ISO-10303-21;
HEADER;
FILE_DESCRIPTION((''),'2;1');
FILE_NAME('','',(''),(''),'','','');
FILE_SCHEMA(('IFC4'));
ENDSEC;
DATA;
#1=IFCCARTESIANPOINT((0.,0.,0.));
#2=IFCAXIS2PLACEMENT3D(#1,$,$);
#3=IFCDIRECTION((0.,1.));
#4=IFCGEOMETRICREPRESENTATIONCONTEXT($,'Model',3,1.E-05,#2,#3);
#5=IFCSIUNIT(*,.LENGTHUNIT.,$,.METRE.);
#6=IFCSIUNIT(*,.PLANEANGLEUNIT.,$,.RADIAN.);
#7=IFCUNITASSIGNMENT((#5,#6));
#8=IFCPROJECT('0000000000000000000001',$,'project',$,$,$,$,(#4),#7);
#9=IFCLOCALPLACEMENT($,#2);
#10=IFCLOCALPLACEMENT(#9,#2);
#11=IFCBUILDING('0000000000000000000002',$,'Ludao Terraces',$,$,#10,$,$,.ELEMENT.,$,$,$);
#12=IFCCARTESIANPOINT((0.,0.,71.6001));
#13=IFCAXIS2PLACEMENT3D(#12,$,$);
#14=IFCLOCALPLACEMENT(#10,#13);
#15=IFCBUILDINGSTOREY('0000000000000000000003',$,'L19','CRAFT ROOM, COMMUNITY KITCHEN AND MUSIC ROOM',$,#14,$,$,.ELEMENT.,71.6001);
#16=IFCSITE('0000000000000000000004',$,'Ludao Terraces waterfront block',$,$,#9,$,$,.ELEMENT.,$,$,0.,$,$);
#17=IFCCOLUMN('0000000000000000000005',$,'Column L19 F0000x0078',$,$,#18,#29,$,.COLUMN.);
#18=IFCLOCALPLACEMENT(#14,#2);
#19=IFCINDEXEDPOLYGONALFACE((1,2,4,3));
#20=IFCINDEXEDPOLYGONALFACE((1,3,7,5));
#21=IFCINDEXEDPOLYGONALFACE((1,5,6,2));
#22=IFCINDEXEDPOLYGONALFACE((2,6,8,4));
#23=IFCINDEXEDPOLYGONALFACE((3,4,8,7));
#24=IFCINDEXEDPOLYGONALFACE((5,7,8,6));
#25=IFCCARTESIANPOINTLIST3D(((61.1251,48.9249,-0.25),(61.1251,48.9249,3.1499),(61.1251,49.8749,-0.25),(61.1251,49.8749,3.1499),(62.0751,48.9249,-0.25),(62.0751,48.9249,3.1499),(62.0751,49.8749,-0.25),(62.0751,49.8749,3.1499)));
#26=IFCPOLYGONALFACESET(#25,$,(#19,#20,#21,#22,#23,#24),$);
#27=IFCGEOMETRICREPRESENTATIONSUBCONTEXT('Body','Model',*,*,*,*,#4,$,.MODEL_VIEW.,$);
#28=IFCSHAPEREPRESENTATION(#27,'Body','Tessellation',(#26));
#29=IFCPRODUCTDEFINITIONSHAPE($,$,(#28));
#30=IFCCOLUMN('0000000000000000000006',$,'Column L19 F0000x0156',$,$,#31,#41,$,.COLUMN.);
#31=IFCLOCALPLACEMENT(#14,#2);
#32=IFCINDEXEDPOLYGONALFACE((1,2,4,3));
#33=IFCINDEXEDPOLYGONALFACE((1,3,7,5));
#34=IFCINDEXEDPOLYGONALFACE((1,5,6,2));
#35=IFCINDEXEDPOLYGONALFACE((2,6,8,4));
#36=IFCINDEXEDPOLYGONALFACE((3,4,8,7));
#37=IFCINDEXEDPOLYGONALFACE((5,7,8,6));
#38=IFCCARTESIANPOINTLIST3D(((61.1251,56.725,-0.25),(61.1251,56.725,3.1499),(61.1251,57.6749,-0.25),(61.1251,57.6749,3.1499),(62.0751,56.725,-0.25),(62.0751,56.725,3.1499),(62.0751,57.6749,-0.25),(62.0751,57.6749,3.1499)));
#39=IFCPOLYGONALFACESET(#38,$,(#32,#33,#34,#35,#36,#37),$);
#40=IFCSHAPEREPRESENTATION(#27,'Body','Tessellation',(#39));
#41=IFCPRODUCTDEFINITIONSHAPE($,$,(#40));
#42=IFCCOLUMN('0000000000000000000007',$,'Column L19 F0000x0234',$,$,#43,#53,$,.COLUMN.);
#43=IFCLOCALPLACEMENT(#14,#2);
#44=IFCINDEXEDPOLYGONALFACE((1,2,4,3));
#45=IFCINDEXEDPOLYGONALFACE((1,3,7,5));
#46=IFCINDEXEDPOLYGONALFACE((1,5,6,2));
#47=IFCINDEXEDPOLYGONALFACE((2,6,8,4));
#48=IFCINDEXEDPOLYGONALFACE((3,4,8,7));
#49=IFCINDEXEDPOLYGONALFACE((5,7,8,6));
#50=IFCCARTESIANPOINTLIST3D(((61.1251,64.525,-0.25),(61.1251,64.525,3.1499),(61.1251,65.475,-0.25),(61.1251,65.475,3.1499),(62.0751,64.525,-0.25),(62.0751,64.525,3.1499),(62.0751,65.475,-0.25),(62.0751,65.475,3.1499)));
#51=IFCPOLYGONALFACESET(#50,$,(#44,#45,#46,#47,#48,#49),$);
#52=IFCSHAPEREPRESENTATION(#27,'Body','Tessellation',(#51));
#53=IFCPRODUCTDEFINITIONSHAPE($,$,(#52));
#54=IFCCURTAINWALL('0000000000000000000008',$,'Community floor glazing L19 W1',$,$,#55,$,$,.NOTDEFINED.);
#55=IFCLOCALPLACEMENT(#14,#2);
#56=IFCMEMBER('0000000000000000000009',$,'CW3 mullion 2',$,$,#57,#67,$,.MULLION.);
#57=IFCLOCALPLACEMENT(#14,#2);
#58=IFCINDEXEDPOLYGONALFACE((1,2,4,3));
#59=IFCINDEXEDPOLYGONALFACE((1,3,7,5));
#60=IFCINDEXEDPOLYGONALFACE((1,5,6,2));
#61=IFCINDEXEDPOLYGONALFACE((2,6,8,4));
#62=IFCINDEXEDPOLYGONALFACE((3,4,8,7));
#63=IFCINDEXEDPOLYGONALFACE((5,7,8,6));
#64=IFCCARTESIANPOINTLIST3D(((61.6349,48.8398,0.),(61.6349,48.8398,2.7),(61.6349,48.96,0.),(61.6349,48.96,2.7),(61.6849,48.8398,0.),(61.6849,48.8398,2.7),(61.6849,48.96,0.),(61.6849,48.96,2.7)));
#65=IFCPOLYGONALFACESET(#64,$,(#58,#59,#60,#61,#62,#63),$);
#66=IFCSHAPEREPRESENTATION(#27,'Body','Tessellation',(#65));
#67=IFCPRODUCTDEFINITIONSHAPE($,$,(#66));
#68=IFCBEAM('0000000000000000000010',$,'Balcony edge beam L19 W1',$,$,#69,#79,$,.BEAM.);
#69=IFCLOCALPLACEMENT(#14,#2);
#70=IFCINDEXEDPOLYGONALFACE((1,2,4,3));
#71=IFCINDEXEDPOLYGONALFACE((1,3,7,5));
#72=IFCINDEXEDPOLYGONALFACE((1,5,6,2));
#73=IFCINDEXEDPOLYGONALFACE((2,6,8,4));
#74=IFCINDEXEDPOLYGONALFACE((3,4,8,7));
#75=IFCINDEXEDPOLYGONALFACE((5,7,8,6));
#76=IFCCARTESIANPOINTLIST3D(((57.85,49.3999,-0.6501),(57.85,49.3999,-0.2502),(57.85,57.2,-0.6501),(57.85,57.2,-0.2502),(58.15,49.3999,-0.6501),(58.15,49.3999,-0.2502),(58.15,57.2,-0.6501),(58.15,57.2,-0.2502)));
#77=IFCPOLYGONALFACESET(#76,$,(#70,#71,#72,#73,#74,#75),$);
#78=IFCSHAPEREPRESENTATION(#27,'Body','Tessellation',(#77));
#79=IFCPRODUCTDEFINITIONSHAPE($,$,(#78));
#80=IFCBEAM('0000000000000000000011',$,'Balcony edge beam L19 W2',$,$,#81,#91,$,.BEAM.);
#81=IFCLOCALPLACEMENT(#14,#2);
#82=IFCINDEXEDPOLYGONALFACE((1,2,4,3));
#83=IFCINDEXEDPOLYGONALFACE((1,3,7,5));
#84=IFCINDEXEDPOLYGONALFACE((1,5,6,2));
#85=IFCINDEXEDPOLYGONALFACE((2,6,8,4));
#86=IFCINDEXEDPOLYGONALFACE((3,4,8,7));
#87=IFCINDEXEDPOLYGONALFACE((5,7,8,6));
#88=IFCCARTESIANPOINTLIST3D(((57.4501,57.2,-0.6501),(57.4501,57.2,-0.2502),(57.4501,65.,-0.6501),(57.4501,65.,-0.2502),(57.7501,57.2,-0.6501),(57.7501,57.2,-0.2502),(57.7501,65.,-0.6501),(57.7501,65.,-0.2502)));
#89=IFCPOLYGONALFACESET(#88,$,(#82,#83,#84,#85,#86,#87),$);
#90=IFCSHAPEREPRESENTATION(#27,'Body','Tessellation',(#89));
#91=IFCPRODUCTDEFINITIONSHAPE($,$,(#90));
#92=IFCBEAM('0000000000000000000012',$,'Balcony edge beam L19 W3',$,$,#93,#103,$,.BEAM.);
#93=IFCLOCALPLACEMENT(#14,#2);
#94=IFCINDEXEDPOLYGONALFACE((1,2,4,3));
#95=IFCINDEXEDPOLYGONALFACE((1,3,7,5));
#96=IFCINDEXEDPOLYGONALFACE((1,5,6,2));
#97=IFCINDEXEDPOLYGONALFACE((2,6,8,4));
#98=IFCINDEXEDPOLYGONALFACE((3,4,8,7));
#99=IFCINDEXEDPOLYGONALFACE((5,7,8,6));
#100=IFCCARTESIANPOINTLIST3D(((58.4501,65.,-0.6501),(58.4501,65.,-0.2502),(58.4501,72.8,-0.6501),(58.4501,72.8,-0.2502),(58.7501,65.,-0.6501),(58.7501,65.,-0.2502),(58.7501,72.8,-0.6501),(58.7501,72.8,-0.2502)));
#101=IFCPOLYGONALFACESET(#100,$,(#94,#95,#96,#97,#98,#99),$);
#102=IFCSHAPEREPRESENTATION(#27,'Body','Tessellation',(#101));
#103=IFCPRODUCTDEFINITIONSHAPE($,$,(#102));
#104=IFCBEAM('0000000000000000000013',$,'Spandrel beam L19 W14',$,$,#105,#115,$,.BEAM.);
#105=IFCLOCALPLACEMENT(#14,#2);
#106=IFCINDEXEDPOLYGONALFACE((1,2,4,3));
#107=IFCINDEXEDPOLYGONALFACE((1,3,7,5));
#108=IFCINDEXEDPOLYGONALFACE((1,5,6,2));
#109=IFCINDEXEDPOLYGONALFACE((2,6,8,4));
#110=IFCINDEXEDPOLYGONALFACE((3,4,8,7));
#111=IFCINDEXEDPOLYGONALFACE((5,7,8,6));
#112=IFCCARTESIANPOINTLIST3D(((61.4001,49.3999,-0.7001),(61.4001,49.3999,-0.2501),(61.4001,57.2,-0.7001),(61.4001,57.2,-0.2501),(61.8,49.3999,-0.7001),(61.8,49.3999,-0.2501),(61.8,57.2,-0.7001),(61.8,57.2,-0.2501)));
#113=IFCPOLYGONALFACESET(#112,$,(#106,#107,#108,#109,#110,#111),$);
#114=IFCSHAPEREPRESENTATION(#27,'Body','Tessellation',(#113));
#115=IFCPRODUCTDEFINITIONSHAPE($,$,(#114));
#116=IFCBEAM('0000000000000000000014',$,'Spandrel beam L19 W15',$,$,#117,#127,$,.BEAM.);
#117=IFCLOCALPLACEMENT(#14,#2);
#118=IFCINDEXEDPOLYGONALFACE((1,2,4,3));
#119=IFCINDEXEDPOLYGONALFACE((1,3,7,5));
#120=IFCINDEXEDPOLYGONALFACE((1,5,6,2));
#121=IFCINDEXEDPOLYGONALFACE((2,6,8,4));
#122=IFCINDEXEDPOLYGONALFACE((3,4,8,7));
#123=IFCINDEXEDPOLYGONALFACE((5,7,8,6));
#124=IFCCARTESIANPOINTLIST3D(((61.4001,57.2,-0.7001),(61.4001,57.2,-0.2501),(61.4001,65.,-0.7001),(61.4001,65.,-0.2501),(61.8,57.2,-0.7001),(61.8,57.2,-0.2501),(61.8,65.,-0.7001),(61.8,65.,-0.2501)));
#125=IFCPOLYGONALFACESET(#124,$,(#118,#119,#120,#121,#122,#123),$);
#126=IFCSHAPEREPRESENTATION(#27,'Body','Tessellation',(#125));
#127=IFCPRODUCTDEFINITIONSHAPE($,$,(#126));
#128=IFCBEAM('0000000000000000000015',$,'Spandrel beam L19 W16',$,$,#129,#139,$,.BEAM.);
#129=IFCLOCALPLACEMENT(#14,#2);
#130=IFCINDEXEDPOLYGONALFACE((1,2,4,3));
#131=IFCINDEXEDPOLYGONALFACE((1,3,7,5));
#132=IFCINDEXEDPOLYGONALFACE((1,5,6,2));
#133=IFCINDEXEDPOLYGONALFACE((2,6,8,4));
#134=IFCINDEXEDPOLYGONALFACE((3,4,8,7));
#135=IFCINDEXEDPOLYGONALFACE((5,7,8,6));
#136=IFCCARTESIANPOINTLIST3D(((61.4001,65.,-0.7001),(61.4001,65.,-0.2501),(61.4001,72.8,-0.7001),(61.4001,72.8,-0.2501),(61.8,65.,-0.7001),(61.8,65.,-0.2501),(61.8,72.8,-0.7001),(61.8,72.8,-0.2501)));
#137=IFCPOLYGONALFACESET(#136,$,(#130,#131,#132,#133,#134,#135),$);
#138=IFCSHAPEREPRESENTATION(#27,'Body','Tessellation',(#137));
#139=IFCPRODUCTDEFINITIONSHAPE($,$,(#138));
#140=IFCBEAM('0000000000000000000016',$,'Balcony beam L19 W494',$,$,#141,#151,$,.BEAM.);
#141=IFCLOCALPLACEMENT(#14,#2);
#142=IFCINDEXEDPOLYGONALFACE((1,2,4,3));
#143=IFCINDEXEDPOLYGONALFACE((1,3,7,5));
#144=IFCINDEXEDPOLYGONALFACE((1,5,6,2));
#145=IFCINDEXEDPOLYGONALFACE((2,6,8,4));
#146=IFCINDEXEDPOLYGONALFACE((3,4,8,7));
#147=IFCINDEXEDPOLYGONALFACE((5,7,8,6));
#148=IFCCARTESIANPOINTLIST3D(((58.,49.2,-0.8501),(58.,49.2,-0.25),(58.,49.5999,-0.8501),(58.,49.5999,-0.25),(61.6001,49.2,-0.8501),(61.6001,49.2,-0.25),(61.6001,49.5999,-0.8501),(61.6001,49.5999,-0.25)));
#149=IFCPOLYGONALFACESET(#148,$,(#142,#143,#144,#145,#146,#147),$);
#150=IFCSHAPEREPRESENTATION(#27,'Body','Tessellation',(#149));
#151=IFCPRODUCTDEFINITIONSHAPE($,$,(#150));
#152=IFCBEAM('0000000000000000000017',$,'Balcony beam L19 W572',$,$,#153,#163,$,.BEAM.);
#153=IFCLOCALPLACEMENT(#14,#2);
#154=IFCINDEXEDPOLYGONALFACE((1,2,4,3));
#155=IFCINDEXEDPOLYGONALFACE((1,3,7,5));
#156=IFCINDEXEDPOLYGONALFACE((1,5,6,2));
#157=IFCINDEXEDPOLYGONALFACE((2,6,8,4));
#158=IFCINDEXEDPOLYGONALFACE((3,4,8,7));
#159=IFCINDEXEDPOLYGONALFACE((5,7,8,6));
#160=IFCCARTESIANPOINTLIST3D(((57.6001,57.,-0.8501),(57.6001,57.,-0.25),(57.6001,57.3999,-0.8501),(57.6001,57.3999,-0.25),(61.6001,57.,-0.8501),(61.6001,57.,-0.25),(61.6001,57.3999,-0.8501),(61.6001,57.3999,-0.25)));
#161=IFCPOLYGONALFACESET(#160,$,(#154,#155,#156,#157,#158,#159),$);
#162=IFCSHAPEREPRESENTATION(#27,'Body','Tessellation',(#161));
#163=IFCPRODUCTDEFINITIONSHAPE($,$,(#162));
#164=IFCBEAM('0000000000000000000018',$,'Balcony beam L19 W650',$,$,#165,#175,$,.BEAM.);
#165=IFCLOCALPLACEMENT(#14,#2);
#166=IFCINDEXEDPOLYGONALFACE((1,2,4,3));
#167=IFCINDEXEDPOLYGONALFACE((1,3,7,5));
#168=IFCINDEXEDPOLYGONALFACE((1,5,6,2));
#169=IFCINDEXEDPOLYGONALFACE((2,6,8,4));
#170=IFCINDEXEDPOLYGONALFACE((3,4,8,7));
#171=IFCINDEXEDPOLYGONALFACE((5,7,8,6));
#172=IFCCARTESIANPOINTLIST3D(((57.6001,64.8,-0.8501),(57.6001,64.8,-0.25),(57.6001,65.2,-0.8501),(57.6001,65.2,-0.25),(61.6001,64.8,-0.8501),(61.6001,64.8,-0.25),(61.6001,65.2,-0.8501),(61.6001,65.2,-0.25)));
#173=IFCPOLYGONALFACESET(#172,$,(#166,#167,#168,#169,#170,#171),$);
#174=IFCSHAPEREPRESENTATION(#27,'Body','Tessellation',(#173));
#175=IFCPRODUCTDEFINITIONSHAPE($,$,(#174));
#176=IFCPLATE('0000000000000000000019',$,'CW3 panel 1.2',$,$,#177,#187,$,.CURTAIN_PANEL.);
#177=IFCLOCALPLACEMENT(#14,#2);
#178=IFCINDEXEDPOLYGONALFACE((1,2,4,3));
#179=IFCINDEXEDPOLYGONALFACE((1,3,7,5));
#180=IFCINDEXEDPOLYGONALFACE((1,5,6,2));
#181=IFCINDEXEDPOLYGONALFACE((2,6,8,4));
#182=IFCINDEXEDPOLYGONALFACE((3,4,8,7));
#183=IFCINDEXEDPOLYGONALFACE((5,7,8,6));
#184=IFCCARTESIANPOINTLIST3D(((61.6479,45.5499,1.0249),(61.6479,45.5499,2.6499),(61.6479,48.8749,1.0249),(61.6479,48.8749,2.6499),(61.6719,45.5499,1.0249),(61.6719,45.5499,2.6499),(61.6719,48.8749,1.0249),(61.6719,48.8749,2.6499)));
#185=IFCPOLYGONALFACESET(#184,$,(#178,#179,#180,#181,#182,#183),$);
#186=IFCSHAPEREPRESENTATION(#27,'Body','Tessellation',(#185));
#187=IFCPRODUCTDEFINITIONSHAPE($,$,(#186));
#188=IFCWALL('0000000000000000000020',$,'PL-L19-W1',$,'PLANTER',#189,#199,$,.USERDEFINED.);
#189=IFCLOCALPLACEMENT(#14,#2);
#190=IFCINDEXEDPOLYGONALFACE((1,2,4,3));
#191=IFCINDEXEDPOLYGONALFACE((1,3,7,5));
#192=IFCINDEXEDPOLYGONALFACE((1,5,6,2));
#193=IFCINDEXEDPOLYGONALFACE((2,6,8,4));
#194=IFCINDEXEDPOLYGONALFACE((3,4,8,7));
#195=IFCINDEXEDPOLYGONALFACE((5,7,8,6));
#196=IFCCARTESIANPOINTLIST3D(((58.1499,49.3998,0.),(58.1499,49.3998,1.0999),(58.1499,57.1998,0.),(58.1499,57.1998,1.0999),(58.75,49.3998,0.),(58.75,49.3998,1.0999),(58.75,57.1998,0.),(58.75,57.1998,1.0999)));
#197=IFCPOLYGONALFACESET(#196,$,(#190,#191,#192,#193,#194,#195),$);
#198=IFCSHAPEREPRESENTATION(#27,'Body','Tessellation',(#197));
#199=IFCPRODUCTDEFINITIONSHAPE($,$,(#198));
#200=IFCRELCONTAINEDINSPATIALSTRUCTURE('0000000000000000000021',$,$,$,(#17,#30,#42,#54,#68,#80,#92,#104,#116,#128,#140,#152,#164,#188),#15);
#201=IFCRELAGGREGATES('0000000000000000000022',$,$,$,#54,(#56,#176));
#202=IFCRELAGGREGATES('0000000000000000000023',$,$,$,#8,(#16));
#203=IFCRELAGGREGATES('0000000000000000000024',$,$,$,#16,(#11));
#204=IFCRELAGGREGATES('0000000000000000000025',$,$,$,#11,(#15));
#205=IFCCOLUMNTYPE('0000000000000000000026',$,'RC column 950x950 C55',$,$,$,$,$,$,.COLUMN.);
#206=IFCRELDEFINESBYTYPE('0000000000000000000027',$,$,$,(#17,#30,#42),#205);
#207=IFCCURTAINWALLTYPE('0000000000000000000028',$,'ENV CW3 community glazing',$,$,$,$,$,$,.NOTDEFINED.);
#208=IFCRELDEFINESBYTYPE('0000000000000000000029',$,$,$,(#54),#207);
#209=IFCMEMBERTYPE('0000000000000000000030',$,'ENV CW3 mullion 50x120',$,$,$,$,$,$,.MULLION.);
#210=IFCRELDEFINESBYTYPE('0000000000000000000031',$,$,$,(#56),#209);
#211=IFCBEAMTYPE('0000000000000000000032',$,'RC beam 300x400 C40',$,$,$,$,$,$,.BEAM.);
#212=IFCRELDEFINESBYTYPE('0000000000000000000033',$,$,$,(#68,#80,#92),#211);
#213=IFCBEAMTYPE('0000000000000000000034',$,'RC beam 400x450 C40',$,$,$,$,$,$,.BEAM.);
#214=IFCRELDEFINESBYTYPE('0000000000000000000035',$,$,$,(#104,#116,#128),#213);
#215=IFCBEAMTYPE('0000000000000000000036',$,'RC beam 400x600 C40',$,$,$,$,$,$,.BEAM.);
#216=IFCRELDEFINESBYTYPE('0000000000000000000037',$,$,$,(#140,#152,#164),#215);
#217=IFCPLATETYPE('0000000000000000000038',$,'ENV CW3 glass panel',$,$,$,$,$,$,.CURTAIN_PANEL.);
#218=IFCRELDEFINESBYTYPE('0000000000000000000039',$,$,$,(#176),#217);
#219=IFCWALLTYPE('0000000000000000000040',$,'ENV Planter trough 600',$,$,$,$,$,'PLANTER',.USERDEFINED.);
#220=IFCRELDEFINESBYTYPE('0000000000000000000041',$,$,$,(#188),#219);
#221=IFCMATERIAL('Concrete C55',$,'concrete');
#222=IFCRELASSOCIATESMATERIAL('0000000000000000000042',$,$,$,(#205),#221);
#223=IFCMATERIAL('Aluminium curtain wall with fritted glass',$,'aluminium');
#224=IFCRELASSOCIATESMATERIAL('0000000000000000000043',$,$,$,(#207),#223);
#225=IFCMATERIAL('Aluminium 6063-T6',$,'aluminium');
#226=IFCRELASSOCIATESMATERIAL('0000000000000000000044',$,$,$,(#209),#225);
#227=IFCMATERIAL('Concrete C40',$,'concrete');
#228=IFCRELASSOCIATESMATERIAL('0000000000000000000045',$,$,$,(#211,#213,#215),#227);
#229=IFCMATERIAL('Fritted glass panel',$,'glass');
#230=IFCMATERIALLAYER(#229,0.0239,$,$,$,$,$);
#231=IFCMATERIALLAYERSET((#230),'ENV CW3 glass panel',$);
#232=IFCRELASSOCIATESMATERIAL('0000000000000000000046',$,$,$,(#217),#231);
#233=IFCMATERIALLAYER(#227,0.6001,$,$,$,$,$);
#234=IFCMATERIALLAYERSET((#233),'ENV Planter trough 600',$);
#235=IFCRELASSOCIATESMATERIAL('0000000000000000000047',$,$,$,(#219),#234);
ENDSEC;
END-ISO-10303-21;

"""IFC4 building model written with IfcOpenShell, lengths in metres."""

from ifc_helpers import new_model, si_unit, direction, frame, frame_2d, origin, origin_2d, place, context, subcontext, project, spatial, rectangle, extrude, material, layer, layer_set, material_profile, profile_set, type_object, element, aggregate, save


model = new_model("IFC4")

# Units and contexts
model_context = context("Model", 3, precision=1e-05, world=origin(), true_north=direction((0.0, 1.0)))
body_context = subcontext(model_context, "Body", "Model", "MODEL_VIEW")
ifc_project = project(units=[si_unit("LENGTHUNIT", "METRE"), si_unit("PLANEANGLEUNIT", "RADIAN")], contexts=[model_context])

# Site, building, storey
site_placement = place(None, origin())
site = spatial("IfcSite", under=ifc_project, at=site_placement, Name="Ludao Terraces waterfront block", CompositionType="ELEMENT", RefElevation=0.0)
building_placement = place(site_placement, origin())
building = spatial("IfcBuilding", under=site, at=building_placement, Name="Ludao Terraces", CompositionType="ELEMENT")
storey_placement = place(building_placement, frame((0.0, 0.0, 71.6001)))
storey = spatial("IfcBuildingStorey", under=building, at=storey_placement, Name="L19", Description="CRAFT ROOM, COMMUNITY KITCHEN AND MUSIC ROOM", CompositionType="ELEMENT", Elevation=71.6001)

# Columns
ifc_material_1 = material(Name="Concrete C55", Category="concrete")
ifc_material_profile_1 = material_profile(ifc_material_1, rectangle(XDim=0.95, YDim=0.95, at=origin_2d()), Name="950 X 950")
ifc_profile_set_1 = profile_set([ifc_material_profile_1], Name="Concrete C55")
column_type = type_object("IfcColumnType", Name="RC column 950x950 C55", PredefinedType="COLUMN", material=ifc_profile_set_1)
for number, where, z_axis, x_axis, name in (
    (1, (61.6001, 49.3999, -0.25), (0.0, 0.0, 1.0), (1.0, 0.0, 0.0), "Column L19 F0000x0078"),
    (2, (61.6001, 57.2, -0.25), (0.0, 0.0, 1.0), (1.0, 0.0, 0.0), "Column L19 F0000x0156"),
    (3, (61.6001, 65.0, -0.25), (0.0, 0.0, 1.0), (1.0, 0.0, 0.0), "Column L19 F0000x0234"),
):
    element("IfcColumn", number, at=place(storey_placement, frame(where, z_axis=z_axis, x_axis=x_axis)), inside=storey, type_object=column_type, Name=name, PredefinedType="COLUMN", context=body_context, shape_type="SweptSolid", body=[
        extrude(rectangle(XDim=0.95, YDim=0.95, at=origin_2d()), origin(), (0.0, 0.0, 1.0), 3.3999),
    ])

# Curtain wall, member
ifc_material_2 = material(Name="Aluminium curtain wall with fritted glass", Category="aluminium")
curtain_wall_type = type_object("IfcCurtainWallType", Name="ENV CW3 community glazing", PredefinedType="NOTDEFINED", material=ifc_material_2)
curtain_wall_placement = place(storey_placement, origin())
curtain_wall = element("IfcCurtainWall", 4, at=curtain_wall_placement, inside=storey, type_object=curtain_wall_type, Name="Community floor glazing L19 W1", PredefinedType="NOTDEFINED")
ifc_material_3 = material(Name="Aluminium 6063-T6", Category="aluminium")
ifc_material_profile_2 = material_profile(ifc_material_3, rectangle(XDim=0.05, YDim=0.1201, at=origin_2d()), Name="50 X 120")
ifc_profile_set_2 = profile_set([ifc_material_profile_2], Name="Aluminium 6063-T6")
member_type = type_object("IfcMemberType", Name="ENV CW3 mullion 50x120", PredefinedType="MULLION", material=ifc_profile_set_2)
member_placement = place(storey_placement, frame((61.6599, 48.8999, 0.0), z_axis=(0.0, 0.0, 1.0), x_axis=(-1.0, 0.0, 0.0)))
member = element("IfcMember", 5, at=member_placement, type_object=member_type, Name="CW3 mullion 2", PredefinedType="MULLION", context=body_context, shape_type="SweptSolid", body=[
    extrude(rectangle(XDim=0.05, YDim=0.1201, at=origin_2d()), origin(), (0.0, 0.0, 1.0), 2.7),
])

# Beams
ifc_material_4 = material(Name="Concrete C40", Category="concrete")
ifc_material_profile_3 = material_profile(ifc_material_4, rectangle(XDim=0.3, YDim=0.3999, at=origin_2d()), Name="300 X 400")
ifc_profile_set_3 = profile_set([ifc_material_profile_3], Name="Concrete C40")
beam_type_1 = type_object("IfcBeamType", Name="RC beam 300x400 C40", PredefinedType="BEAM", material=ifc_profile_set_3)
for number, where, z_axis, x_axis, name in (
    (6, (58.0, 49.3999, -0.4502), (0.0, 1.0, 0.0), (-1.0, 0.0, 0.0), "Balcony edge beam L19 W1"),
    (7, (57.6001, 57.2, -0.4502), (0.0, 1.0, 0.0), (-1.0, 0.0, 0.0), "Balcony edge beam L19 W2"),
    (8, (58.6001, 65.0, -0.4502), (0.0, 1.0, 0.0), (-1.0, 0.0, 0.0), "Balcony edge beam L19 W3"),
):
    element("IfcBeam", number, at=place(storey_placement, frame(where, z_axis=z_axis, x_axis=x_axis)), inside=storey, type_object=beam_type_1, Name=name, PredefinedType="BEAM", context=body_context, shape_type="SweptSolid", body=[
        extrude(rectangle(XDim=0.3, YDim=0.3999, at=origin_2d()), origin(), (0.0, 0.0, 1.0), 7.8),
    ])
ifc_material_profile_4 = material_profile(ifc_material_4, rectangle(XDim=0.3999, YDim=0.45, at=origin_2d()), Name="400 X 450")
ifc_profile_set_4 = profile_set([ifc_material_profile_4], Name="Concrete C40")
beam_type_2 = type_object("IfcBeamType", Name="RC beam 400x450 C40", PredefinedType="BEAM", material=ifc_profile_set_4)
for number, where, z_axis, x_axis, name in (
    (9, (61.6001, 49.3999, -0.4751), (0.0, 1.0, 0.0), (-1.0, 0.0, 0.0), "Spandrel beam L19 W14"),
    (10, (61.6001, 57.2, -0.4751), (0.0, 1.0, 0.0), (-1.0, 0.0, 0.0), "Spandrel beam L19 W15"),
    (11, (61.6001, 65.0, -0.4751), (0.0, 1.0, 0.0), (-1.0, 0.0, 0.0), "Spandrel beam L19 W16"),
):
    element("IfcBeam", number, at=place(storey_placement, frame(where, z_axis=z_axis, x_axis=x_axis)), inside=storey, type_object=beam_type_2, Name=name, PredefinedType="BEAM", context=body_context, shape_type="SweptSolid", body=[
        extrude(rectangle(XDim=0.3999, YDim=0.45, at=origin_2d()), origin(), (0.0, 0.0, 1.0), 7.8),
    ])
ifc_material_profile_5 = material_profile(ifc_material_4, rectangle(XDim=0.3999, YDim=0.6001, at=origin_2d()), Name="400 X 600")
ifc_profile_set_5 = profile_set([ifc_material_profile_5], Name="Concrete C40")
beam_type_3 = type_object("IfcBeamType", Name="RC beam 400x600 C40", PredefinedType="BEAM", material=ifc_profile_set_5)
beam_placement = place(storey_placement, frame((61.6001, 49.3999, -0.55), z_axis=(-1.0, 0.0, 0.0), x_axis=(0.0, -1.0, 0.0)))
element("IfcBeam", 12, at=beam_placement, inside=storey, type_object=beam_type_3, Name="Balcony beam L19 W494", PredefinedType="BEAM", context=body_context, shape_type="SweptSolid", body=[
    extrude(rectangle(XDim=0.3999, YDim=0.6001, at=origin_2d()), origin(), (0.0, 0.0, 1.0), 3.6001),
])
for number, where, z_axis, x_axis, name in (
    (13, (61.6001, 57.2, -0.55), (-1.0, 0.0, 0.0), (0.0, -1.0, 0.0), "Balcony beam L19 W572"),
    (14, (61.6001, 65.0, -0.55), (-1.0, 0.0, 0.0), (0.0, -1.0, 0.0), "Balcony beam L19 W650"),
):
    element("IfcBeam", number, at=place(storey_placement, frame(where, z_axis=z_axis, x_axis=x_axis)), inside=storey, type_object=beam_type_3, Name=name, PredefinedType="BEAM", context=body_context, shape_type="SweptSolid", body=[
        extrude(rectangle(XDim=0.3999, YDim=0.6001, at=origin_2d()), origin(), (0.0, 0.0, 1.0), 4.0),
    ])

# Plate
ifc_material_5 = material(Name="Fritted glass panel", Category="glass")
ifc_layer_1 = layer(ifc_material_5, 0.0239)
ifc_layer_set_1 = layer_set([ifc_layer_1], Name="ENV CW3 glass panel")
plate_type = type_object("IfcPlateType", Name="ENV CW3 glass panel", PredefinedType="CURTAIN_PANEL", material=ifc_layer_set_1)
plate_placement = place(storey_placement, frame((61.6599, 47.2124, 1.0249), z_axis=(0.0, 0.0, 1.0), x_axis=(0.0, 1.0, 0.0)))
plate = element("IfcPlate", 15, at=plate_placement, type_object=plate_type, Name="CW3 panel 1.2", PredefinedType="CURTAIN_PANEL", context=body_context, shape_type="SweptSolid", body=[
    extrude(rectangle(XDim=3.325, YDim=0.0239, at=origin_2d()), origin(), (0.0, 0.0, 1.0), 1.625),
])
aggregate(curtain_wall, [member, plate])

# Wall
ifc_layer_2 = layer(ifc_material_4, 0.6001)
ifc_layer_set_2 = layer_set([ifc_layer_2], Name="ENV Planter trough 600")
wall_type_1 = type_object("IfcWallType", Name="ENV Planter trough 600", ElementType="PLANTER", PredefinedType="USERDEFINED", material=ifc_layer_set_2)
wall_1_placement = place(storey_placement, frame((58.45, 49.3999, 0.0), z_axis=(0.0, 0.0, 1.0), x_axis=(0.0, 1.0, 0.0)))
element("IfcWall", 16, at=wall_1_placement, inside=storey, type_object=wall_type_1, Name="PL-L19-W1", ObjectType="PLANTER", PredefinedType="USERDEFINED", context=body_context, shape_type="SweptSolid", body=[
    extrude(rectangle(XDim=7.8, YDim=0.6001, at=frame_2d((3.8999, 0.0))), origin(), (0.0, 0.0, 1.0), 1.0999),
])

save(model, "model.ifc")
